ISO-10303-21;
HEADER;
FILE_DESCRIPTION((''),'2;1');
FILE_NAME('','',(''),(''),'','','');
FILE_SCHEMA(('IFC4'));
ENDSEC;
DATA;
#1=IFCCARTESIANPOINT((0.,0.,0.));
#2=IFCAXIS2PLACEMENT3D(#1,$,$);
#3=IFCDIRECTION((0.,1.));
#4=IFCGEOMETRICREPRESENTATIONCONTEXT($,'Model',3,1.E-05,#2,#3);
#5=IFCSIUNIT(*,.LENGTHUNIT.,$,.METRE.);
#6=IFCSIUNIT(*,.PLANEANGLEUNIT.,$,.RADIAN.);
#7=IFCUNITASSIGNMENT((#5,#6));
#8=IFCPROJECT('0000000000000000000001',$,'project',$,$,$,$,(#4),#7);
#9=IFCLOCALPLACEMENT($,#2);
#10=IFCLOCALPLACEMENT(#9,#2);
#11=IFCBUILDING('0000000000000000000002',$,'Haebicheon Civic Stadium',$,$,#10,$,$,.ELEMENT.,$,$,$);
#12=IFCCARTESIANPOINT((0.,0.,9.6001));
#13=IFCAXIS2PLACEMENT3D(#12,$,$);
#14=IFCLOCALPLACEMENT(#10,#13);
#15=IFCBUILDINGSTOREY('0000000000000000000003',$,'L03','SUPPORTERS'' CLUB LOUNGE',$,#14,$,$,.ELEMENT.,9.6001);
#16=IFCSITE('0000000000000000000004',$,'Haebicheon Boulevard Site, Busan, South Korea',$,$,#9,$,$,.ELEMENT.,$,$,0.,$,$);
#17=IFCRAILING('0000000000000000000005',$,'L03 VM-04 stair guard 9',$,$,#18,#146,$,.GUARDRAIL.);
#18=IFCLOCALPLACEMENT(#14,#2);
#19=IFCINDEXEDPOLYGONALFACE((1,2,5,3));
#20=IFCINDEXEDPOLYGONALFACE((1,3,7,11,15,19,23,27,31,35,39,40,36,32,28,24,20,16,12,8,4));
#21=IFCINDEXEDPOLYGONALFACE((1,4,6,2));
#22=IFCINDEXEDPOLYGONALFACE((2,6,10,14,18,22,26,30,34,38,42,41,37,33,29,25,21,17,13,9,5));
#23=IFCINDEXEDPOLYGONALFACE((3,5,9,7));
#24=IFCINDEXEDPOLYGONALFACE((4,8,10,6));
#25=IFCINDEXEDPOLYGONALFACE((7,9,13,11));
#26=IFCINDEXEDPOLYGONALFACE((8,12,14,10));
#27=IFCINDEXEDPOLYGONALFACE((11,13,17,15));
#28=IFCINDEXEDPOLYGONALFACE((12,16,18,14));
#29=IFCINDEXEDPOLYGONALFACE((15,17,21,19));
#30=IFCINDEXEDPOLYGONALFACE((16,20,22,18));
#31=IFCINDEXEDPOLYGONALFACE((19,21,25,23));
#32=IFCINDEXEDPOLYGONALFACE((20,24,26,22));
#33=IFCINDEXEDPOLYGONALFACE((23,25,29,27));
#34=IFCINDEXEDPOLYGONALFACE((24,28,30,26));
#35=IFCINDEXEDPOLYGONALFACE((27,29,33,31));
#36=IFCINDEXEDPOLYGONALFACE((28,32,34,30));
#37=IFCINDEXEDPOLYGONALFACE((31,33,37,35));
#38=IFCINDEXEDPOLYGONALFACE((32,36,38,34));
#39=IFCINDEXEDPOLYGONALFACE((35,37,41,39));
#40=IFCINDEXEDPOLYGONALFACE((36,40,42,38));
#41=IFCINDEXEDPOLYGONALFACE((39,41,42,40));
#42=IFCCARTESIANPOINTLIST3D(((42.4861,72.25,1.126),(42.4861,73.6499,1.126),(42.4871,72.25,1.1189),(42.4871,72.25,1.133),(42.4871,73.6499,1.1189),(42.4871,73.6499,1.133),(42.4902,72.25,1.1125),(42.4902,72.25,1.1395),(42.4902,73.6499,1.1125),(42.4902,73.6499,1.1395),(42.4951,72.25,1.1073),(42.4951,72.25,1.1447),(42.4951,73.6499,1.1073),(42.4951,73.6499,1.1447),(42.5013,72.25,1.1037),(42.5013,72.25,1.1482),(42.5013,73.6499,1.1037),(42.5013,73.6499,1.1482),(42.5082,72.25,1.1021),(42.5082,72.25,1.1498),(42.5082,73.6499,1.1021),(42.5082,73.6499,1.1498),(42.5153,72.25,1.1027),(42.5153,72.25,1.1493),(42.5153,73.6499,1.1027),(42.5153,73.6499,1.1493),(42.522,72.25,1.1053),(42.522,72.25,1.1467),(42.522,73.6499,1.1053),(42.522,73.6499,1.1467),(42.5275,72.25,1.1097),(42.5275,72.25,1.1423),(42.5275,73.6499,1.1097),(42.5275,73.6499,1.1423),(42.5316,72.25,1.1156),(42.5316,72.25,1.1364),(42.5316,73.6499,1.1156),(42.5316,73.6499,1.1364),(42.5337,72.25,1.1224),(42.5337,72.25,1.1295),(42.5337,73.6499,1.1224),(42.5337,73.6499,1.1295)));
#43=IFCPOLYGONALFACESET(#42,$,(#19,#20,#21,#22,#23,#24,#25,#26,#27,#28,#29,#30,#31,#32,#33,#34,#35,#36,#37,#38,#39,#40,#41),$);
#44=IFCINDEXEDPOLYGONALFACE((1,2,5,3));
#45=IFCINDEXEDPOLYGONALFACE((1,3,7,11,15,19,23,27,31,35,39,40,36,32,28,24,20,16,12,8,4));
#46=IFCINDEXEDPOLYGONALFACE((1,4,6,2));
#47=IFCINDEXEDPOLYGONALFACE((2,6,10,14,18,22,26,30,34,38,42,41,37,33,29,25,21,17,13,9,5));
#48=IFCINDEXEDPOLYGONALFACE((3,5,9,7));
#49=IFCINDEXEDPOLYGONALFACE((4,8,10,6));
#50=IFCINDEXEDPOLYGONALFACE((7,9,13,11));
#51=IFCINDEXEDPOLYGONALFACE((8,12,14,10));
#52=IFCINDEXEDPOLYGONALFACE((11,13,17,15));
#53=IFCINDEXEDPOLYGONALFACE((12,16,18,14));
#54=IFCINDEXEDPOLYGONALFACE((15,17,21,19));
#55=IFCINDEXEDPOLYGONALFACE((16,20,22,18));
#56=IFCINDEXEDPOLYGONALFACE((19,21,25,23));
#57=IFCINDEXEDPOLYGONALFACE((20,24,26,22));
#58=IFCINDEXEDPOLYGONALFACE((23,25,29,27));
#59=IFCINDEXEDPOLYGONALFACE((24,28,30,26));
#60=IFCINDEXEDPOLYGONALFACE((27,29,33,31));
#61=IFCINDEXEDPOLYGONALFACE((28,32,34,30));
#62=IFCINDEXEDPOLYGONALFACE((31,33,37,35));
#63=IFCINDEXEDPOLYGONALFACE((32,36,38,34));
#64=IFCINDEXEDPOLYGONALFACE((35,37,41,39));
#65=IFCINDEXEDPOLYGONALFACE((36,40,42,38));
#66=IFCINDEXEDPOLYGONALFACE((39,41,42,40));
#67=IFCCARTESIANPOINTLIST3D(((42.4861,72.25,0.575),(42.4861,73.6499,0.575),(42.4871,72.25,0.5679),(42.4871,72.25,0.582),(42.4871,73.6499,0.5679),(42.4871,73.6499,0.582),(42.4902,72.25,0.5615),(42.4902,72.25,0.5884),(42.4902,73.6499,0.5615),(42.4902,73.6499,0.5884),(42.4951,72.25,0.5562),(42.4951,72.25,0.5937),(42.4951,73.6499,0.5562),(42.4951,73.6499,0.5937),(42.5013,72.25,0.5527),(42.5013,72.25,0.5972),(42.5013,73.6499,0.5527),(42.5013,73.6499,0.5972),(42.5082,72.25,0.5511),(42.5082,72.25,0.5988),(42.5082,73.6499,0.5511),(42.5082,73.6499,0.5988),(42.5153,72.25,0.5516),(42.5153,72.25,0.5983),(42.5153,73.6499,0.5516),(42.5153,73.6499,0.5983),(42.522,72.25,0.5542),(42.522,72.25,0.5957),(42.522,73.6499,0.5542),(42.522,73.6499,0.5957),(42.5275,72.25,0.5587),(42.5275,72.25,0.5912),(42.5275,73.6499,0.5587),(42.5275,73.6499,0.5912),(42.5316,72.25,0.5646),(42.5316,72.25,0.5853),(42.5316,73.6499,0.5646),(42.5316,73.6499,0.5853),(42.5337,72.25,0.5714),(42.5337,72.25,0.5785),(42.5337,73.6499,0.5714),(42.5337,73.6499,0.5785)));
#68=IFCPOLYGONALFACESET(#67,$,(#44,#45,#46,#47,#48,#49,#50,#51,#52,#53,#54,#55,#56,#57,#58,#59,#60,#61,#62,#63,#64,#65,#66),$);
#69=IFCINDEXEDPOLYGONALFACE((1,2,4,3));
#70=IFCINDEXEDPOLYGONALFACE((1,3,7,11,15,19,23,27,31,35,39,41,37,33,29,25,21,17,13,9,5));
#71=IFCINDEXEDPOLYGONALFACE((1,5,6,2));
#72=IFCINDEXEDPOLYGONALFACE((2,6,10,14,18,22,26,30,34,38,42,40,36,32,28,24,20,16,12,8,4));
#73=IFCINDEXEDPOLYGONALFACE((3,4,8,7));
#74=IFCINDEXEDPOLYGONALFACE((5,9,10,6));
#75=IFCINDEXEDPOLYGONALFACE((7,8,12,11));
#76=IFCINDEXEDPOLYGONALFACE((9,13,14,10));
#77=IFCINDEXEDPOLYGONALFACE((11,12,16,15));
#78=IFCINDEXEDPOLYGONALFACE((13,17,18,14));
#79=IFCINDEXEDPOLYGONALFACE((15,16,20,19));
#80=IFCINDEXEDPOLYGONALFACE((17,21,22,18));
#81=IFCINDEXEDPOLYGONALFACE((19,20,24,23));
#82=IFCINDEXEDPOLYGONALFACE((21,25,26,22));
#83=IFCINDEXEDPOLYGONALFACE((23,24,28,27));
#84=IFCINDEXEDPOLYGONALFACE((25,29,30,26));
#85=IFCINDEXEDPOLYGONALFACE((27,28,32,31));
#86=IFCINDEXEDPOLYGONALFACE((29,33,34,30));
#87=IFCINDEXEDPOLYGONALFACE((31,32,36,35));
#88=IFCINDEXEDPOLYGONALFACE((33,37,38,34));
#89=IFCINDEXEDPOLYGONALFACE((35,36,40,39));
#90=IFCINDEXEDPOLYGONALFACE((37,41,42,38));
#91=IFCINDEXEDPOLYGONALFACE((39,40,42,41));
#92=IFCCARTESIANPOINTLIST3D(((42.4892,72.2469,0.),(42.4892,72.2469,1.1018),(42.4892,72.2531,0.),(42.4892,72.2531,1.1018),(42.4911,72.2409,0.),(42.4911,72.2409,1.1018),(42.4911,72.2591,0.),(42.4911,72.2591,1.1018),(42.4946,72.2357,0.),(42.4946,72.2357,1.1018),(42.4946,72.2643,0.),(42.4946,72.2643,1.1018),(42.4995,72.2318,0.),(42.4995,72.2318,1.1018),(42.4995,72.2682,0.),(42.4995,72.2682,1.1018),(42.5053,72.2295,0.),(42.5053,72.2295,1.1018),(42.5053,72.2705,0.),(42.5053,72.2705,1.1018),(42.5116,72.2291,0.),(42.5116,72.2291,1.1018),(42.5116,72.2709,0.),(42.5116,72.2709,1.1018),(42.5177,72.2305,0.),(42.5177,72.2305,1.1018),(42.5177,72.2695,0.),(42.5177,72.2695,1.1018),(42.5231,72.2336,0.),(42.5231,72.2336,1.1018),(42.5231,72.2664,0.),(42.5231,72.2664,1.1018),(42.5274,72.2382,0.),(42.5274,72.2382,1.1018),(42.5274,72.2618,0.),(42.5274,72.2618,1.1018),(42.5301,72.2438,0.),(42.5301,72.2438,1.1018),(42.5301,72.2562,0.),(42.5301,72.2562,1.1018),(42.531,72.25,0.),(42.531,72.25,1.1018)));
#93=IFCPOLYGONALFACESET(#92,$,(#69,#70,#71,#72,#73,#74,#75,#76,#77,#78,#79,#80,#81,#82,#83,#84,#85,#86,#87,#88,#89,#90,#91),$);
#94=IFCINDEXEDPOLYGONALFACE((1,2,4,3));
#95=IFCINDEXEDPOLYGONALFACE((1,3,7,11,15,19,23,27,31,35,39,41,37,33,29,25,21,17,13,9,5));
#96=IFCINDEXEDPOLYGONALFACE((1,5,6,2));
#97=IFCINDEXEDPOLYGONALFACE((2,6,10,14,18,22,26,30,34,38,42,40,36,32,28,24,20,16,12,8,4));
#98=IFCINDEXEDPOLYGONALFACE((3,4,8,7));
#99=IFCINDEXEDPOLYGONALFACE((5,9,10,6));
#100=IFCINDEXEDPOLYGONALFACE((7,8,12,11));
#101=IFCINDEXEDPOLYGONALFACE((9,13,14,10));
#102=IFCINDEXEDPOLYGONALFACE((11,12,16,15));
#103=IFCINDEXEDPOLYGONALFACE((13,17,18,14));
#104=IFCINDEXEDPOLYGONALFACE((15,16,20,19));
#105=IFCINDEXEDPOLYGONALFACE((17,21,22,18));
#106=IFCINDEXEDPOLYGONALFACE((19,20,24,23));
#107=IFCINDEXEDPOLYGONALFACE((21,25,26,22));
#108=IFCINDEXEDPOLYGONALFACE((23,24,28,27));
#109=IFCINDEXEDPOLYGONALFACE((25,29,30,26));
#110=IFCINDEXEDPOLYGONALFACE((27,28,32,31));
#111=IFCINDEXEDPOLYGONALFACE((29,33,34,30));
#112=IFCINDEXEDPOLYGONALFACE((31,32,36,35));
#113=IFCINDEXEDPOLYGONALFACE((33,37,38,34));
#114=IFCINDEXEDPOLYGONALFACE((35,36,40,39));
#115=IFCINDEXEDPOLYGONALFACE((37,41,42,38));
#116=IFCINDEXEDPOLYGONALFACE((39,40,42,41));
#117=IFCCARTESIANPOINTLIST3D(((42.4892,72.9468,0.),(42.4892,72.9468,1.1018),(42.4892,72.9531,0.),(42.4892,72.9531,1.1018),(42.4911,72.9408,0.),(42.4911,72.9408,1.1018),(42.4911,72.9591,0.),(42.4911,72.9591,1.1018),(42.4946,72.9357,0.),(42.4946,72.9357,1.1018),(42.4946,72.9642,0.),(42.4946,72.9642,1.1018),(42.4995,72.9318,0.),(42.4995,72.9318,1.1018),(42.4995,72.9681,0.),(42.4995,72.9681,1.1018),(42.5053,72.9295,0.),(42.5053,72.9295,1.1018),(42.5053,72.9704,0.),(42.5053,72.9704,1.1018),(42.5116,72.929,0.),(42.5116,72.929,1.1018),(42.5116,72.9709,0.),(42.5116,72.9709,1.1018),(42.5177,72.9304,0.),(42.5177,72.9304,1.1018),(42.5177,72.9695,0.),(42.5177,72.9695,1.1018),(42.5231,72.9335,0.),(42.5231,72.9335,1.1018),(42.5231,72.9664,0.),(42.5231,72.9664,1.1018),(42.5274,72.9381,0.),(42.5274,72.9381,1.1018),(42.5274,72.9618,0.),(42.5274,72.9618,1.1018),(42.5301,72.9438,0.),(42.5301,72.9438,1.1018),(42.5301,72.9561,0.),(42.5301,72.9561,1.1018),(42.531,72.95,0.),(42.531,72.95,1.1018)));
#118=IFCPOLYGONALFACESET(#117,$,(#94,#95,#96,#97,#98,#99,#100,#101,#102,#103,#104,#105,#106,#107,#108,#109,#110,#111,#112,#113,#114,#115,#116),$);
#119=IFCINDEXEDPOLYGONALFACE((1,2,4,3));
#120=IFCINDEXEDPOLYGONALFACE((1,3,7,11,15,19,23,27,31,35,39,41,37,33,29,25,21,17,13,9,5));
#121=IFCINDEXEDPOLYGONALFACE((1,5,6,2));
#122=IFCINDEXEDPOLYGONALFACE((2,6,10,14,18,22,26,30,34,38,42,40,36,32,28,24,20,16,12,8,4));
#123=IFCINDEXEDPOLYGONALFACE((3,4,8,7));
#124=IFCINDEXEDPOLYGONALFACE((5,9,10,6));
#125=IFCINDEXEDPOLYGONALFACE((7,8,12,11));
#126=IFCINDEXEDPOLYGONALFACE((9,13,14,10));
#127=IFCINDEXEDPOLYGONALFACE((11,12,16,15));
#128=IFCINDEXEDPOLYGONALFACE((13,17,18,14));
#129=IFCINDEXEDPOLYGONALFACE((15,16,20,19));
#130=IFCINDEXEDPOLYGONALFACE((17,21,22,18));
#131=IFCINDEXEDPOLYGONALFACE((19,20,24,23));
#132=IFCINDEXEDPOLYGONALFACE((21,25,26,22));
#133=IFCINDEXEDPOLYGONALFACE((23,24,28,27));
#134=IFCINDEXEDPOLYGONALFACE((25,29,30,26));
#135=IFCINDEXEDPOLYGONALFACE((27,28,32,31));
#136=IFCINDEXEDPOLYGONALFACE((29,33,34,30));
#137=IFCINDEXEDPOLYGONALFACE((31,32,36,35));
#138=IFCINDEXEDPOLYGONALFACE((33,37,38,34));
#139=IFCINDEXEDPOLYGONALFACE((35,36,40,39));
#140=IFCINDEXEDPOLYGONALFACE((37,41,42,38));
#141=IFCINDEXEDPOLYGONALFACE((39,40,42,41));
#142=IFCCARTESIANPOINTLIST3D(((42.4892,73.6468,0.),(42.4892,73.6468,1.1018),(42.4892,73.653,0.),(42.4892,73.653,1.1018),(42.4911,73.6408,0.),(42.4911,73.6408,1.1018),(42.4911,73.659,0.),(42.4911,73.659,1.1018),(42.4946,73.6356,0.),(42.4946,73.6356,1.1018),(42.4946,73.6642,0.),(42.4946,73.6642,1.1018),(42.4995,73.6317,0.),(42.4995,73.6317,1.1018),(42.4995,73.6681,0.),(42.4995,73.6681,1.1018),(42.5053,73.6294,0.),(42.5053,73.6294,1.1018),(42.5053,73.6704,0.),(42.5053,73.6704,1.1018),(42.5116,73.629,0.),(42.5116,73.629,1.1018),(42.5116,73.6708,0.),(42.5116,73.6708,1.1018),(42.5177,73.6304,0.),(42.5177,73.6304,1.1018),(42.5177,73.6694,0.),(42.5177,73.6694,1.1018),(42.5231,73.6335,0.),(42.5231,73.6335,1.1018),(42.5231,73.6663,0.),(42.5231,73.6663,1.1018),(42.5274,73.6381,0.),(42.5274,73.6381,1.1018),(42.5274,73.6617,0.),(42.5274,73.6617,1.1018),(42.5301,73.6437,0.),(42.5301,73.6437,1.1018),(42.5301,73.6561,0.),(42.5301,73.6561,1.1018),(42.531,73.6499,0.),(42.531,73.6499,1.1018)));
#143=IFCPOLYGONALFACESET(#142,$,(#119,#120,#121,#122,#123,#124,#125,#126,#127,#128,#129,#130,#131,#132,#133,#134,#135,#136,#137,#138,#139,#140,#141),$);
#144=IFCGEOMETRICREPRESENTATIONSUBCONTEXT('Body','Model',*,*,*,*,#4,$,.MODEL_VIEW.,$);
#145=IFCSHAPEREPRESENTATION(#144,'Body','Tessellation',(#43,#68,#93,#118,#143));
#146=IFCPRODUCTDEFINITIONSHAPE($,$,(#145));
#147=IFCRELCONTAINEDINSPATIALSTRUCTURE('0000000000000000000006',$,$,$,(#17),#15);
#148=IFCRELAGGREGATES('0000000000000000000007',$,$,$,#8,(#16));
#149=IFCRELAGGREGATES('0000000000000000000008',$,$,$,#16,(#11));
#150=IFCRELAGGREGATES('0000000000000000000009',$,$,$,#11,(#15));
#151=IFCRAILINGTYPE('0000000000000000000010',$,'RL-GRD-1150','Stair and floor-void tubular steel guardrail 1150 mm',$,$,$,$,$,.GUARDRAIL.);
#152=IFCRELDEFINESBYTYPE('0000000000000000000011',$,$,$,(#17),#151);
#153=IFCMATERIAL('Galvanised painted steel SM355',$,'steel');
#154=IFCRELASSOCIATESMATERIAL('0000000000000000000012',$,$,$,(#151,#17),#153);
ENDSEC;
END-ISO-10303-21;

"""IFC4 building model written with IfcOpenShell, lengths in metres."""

from ifc_helpers import new_model, si_unit, direction, frame, origin, origin_2d, place, context, subcontext, project, spatial, circle, extrude, material, type_object, element, save


model = new_model("IFC4")

# Units and contexts
model_context = context("Model", 3, precision=1e-05, world=origin(), true_north=direction((0.0, 1.0)))
body_context = subcontext(model_context, "Body", "Model", "MODEL_VIEW")
ifc_project = project(units=[si_unit("LENGTHUNIT", "METRE"), si_unit("PLANEANGLEUNIT", "RADIAN")], contexts=[model_context])

# Site, building, storey
site_placement = place(None, origin())
site = spatial("IfcSite", under=ifc_project, at=site_placement, Name="Haebicheon Boulevard Site, Busan, South Korea", CompositionType="ELEMENT", RefElevation=0.0)
building_placement = place(site_placement, origin())
building = spatial("IfcBuilding", under=site, at=building_placement, Name="Haebicheon Civic Stadium", CompositionType="ELEMENT")
storey_placement = place(building_placement, frame((0.0, 0.0, 9.6001)))
storey = spatial("IfcBuildingStorey", under=building, at=storey_placement, Name="L03", Description="SUPPORTERS' CLUB LOUNGE", CompositionType="ELEMENT", Elevation=9.6001)

# Railing
ifc_material_1 = material(Name="Galvanised painted steel SM355", Category="steel")
railing_type_1 = type_object("IfcRailingType", Name="RL-GRD-1150", Description="Stair and floor-void tubular steel guardrail 1150 mm", PredefinedType="GUARDRAIL", material=ifc_material_1)
for number, where, name in (
    (1, (42.51, 72.25, 0.0), "L03 VM-04 stair guard 9"),
):
    element("IfcRailing", number, at=place(storey_placement, frame(where)), inside=storey, type_object=railing_type_1, material=ifc_material_1, Name=name, PredefinedType="GUARDRAIL", context=body_context, shape_type="SweptSolid", body=[
        extrude(circle(Radius=0.0239, at=origin_2d()), frame((0.0, 0.0, 1.126), z_axis=(0.0, 1.0, 0.0), x_axis=(-1.0, 0.0, 0.0)), (0.0, 0.0, 1.0), 1.3999),
        extrude(circle(Radius=0.0239, at=origin_2d()), frame((0.0, 0.0, 0.575), z_axis=(0.0, 1.0, 0.0), x_axis=(-1.0, 0.0, 0.0)), (0.0, 0.0, 1.0), 1.3999),
        extrude(circle(Radius=0.021, at=origin_2d()), origin(), (0.0, 0.0, 1.0), 1.1018),
        extrude(circle(Radius=0.021, at=origin_2d()), frame((0.0, 0.7, 0.0)), (0.0, 0.0, 1.0), 1.1018),
        extrude(circle(Radius=0.021, at=origin_2d()), frame((0.0, 1.3999, 0.0)), (0.0, 0.0, 1.0), 1.1018),
    ])

save(model, "model.ifc")
